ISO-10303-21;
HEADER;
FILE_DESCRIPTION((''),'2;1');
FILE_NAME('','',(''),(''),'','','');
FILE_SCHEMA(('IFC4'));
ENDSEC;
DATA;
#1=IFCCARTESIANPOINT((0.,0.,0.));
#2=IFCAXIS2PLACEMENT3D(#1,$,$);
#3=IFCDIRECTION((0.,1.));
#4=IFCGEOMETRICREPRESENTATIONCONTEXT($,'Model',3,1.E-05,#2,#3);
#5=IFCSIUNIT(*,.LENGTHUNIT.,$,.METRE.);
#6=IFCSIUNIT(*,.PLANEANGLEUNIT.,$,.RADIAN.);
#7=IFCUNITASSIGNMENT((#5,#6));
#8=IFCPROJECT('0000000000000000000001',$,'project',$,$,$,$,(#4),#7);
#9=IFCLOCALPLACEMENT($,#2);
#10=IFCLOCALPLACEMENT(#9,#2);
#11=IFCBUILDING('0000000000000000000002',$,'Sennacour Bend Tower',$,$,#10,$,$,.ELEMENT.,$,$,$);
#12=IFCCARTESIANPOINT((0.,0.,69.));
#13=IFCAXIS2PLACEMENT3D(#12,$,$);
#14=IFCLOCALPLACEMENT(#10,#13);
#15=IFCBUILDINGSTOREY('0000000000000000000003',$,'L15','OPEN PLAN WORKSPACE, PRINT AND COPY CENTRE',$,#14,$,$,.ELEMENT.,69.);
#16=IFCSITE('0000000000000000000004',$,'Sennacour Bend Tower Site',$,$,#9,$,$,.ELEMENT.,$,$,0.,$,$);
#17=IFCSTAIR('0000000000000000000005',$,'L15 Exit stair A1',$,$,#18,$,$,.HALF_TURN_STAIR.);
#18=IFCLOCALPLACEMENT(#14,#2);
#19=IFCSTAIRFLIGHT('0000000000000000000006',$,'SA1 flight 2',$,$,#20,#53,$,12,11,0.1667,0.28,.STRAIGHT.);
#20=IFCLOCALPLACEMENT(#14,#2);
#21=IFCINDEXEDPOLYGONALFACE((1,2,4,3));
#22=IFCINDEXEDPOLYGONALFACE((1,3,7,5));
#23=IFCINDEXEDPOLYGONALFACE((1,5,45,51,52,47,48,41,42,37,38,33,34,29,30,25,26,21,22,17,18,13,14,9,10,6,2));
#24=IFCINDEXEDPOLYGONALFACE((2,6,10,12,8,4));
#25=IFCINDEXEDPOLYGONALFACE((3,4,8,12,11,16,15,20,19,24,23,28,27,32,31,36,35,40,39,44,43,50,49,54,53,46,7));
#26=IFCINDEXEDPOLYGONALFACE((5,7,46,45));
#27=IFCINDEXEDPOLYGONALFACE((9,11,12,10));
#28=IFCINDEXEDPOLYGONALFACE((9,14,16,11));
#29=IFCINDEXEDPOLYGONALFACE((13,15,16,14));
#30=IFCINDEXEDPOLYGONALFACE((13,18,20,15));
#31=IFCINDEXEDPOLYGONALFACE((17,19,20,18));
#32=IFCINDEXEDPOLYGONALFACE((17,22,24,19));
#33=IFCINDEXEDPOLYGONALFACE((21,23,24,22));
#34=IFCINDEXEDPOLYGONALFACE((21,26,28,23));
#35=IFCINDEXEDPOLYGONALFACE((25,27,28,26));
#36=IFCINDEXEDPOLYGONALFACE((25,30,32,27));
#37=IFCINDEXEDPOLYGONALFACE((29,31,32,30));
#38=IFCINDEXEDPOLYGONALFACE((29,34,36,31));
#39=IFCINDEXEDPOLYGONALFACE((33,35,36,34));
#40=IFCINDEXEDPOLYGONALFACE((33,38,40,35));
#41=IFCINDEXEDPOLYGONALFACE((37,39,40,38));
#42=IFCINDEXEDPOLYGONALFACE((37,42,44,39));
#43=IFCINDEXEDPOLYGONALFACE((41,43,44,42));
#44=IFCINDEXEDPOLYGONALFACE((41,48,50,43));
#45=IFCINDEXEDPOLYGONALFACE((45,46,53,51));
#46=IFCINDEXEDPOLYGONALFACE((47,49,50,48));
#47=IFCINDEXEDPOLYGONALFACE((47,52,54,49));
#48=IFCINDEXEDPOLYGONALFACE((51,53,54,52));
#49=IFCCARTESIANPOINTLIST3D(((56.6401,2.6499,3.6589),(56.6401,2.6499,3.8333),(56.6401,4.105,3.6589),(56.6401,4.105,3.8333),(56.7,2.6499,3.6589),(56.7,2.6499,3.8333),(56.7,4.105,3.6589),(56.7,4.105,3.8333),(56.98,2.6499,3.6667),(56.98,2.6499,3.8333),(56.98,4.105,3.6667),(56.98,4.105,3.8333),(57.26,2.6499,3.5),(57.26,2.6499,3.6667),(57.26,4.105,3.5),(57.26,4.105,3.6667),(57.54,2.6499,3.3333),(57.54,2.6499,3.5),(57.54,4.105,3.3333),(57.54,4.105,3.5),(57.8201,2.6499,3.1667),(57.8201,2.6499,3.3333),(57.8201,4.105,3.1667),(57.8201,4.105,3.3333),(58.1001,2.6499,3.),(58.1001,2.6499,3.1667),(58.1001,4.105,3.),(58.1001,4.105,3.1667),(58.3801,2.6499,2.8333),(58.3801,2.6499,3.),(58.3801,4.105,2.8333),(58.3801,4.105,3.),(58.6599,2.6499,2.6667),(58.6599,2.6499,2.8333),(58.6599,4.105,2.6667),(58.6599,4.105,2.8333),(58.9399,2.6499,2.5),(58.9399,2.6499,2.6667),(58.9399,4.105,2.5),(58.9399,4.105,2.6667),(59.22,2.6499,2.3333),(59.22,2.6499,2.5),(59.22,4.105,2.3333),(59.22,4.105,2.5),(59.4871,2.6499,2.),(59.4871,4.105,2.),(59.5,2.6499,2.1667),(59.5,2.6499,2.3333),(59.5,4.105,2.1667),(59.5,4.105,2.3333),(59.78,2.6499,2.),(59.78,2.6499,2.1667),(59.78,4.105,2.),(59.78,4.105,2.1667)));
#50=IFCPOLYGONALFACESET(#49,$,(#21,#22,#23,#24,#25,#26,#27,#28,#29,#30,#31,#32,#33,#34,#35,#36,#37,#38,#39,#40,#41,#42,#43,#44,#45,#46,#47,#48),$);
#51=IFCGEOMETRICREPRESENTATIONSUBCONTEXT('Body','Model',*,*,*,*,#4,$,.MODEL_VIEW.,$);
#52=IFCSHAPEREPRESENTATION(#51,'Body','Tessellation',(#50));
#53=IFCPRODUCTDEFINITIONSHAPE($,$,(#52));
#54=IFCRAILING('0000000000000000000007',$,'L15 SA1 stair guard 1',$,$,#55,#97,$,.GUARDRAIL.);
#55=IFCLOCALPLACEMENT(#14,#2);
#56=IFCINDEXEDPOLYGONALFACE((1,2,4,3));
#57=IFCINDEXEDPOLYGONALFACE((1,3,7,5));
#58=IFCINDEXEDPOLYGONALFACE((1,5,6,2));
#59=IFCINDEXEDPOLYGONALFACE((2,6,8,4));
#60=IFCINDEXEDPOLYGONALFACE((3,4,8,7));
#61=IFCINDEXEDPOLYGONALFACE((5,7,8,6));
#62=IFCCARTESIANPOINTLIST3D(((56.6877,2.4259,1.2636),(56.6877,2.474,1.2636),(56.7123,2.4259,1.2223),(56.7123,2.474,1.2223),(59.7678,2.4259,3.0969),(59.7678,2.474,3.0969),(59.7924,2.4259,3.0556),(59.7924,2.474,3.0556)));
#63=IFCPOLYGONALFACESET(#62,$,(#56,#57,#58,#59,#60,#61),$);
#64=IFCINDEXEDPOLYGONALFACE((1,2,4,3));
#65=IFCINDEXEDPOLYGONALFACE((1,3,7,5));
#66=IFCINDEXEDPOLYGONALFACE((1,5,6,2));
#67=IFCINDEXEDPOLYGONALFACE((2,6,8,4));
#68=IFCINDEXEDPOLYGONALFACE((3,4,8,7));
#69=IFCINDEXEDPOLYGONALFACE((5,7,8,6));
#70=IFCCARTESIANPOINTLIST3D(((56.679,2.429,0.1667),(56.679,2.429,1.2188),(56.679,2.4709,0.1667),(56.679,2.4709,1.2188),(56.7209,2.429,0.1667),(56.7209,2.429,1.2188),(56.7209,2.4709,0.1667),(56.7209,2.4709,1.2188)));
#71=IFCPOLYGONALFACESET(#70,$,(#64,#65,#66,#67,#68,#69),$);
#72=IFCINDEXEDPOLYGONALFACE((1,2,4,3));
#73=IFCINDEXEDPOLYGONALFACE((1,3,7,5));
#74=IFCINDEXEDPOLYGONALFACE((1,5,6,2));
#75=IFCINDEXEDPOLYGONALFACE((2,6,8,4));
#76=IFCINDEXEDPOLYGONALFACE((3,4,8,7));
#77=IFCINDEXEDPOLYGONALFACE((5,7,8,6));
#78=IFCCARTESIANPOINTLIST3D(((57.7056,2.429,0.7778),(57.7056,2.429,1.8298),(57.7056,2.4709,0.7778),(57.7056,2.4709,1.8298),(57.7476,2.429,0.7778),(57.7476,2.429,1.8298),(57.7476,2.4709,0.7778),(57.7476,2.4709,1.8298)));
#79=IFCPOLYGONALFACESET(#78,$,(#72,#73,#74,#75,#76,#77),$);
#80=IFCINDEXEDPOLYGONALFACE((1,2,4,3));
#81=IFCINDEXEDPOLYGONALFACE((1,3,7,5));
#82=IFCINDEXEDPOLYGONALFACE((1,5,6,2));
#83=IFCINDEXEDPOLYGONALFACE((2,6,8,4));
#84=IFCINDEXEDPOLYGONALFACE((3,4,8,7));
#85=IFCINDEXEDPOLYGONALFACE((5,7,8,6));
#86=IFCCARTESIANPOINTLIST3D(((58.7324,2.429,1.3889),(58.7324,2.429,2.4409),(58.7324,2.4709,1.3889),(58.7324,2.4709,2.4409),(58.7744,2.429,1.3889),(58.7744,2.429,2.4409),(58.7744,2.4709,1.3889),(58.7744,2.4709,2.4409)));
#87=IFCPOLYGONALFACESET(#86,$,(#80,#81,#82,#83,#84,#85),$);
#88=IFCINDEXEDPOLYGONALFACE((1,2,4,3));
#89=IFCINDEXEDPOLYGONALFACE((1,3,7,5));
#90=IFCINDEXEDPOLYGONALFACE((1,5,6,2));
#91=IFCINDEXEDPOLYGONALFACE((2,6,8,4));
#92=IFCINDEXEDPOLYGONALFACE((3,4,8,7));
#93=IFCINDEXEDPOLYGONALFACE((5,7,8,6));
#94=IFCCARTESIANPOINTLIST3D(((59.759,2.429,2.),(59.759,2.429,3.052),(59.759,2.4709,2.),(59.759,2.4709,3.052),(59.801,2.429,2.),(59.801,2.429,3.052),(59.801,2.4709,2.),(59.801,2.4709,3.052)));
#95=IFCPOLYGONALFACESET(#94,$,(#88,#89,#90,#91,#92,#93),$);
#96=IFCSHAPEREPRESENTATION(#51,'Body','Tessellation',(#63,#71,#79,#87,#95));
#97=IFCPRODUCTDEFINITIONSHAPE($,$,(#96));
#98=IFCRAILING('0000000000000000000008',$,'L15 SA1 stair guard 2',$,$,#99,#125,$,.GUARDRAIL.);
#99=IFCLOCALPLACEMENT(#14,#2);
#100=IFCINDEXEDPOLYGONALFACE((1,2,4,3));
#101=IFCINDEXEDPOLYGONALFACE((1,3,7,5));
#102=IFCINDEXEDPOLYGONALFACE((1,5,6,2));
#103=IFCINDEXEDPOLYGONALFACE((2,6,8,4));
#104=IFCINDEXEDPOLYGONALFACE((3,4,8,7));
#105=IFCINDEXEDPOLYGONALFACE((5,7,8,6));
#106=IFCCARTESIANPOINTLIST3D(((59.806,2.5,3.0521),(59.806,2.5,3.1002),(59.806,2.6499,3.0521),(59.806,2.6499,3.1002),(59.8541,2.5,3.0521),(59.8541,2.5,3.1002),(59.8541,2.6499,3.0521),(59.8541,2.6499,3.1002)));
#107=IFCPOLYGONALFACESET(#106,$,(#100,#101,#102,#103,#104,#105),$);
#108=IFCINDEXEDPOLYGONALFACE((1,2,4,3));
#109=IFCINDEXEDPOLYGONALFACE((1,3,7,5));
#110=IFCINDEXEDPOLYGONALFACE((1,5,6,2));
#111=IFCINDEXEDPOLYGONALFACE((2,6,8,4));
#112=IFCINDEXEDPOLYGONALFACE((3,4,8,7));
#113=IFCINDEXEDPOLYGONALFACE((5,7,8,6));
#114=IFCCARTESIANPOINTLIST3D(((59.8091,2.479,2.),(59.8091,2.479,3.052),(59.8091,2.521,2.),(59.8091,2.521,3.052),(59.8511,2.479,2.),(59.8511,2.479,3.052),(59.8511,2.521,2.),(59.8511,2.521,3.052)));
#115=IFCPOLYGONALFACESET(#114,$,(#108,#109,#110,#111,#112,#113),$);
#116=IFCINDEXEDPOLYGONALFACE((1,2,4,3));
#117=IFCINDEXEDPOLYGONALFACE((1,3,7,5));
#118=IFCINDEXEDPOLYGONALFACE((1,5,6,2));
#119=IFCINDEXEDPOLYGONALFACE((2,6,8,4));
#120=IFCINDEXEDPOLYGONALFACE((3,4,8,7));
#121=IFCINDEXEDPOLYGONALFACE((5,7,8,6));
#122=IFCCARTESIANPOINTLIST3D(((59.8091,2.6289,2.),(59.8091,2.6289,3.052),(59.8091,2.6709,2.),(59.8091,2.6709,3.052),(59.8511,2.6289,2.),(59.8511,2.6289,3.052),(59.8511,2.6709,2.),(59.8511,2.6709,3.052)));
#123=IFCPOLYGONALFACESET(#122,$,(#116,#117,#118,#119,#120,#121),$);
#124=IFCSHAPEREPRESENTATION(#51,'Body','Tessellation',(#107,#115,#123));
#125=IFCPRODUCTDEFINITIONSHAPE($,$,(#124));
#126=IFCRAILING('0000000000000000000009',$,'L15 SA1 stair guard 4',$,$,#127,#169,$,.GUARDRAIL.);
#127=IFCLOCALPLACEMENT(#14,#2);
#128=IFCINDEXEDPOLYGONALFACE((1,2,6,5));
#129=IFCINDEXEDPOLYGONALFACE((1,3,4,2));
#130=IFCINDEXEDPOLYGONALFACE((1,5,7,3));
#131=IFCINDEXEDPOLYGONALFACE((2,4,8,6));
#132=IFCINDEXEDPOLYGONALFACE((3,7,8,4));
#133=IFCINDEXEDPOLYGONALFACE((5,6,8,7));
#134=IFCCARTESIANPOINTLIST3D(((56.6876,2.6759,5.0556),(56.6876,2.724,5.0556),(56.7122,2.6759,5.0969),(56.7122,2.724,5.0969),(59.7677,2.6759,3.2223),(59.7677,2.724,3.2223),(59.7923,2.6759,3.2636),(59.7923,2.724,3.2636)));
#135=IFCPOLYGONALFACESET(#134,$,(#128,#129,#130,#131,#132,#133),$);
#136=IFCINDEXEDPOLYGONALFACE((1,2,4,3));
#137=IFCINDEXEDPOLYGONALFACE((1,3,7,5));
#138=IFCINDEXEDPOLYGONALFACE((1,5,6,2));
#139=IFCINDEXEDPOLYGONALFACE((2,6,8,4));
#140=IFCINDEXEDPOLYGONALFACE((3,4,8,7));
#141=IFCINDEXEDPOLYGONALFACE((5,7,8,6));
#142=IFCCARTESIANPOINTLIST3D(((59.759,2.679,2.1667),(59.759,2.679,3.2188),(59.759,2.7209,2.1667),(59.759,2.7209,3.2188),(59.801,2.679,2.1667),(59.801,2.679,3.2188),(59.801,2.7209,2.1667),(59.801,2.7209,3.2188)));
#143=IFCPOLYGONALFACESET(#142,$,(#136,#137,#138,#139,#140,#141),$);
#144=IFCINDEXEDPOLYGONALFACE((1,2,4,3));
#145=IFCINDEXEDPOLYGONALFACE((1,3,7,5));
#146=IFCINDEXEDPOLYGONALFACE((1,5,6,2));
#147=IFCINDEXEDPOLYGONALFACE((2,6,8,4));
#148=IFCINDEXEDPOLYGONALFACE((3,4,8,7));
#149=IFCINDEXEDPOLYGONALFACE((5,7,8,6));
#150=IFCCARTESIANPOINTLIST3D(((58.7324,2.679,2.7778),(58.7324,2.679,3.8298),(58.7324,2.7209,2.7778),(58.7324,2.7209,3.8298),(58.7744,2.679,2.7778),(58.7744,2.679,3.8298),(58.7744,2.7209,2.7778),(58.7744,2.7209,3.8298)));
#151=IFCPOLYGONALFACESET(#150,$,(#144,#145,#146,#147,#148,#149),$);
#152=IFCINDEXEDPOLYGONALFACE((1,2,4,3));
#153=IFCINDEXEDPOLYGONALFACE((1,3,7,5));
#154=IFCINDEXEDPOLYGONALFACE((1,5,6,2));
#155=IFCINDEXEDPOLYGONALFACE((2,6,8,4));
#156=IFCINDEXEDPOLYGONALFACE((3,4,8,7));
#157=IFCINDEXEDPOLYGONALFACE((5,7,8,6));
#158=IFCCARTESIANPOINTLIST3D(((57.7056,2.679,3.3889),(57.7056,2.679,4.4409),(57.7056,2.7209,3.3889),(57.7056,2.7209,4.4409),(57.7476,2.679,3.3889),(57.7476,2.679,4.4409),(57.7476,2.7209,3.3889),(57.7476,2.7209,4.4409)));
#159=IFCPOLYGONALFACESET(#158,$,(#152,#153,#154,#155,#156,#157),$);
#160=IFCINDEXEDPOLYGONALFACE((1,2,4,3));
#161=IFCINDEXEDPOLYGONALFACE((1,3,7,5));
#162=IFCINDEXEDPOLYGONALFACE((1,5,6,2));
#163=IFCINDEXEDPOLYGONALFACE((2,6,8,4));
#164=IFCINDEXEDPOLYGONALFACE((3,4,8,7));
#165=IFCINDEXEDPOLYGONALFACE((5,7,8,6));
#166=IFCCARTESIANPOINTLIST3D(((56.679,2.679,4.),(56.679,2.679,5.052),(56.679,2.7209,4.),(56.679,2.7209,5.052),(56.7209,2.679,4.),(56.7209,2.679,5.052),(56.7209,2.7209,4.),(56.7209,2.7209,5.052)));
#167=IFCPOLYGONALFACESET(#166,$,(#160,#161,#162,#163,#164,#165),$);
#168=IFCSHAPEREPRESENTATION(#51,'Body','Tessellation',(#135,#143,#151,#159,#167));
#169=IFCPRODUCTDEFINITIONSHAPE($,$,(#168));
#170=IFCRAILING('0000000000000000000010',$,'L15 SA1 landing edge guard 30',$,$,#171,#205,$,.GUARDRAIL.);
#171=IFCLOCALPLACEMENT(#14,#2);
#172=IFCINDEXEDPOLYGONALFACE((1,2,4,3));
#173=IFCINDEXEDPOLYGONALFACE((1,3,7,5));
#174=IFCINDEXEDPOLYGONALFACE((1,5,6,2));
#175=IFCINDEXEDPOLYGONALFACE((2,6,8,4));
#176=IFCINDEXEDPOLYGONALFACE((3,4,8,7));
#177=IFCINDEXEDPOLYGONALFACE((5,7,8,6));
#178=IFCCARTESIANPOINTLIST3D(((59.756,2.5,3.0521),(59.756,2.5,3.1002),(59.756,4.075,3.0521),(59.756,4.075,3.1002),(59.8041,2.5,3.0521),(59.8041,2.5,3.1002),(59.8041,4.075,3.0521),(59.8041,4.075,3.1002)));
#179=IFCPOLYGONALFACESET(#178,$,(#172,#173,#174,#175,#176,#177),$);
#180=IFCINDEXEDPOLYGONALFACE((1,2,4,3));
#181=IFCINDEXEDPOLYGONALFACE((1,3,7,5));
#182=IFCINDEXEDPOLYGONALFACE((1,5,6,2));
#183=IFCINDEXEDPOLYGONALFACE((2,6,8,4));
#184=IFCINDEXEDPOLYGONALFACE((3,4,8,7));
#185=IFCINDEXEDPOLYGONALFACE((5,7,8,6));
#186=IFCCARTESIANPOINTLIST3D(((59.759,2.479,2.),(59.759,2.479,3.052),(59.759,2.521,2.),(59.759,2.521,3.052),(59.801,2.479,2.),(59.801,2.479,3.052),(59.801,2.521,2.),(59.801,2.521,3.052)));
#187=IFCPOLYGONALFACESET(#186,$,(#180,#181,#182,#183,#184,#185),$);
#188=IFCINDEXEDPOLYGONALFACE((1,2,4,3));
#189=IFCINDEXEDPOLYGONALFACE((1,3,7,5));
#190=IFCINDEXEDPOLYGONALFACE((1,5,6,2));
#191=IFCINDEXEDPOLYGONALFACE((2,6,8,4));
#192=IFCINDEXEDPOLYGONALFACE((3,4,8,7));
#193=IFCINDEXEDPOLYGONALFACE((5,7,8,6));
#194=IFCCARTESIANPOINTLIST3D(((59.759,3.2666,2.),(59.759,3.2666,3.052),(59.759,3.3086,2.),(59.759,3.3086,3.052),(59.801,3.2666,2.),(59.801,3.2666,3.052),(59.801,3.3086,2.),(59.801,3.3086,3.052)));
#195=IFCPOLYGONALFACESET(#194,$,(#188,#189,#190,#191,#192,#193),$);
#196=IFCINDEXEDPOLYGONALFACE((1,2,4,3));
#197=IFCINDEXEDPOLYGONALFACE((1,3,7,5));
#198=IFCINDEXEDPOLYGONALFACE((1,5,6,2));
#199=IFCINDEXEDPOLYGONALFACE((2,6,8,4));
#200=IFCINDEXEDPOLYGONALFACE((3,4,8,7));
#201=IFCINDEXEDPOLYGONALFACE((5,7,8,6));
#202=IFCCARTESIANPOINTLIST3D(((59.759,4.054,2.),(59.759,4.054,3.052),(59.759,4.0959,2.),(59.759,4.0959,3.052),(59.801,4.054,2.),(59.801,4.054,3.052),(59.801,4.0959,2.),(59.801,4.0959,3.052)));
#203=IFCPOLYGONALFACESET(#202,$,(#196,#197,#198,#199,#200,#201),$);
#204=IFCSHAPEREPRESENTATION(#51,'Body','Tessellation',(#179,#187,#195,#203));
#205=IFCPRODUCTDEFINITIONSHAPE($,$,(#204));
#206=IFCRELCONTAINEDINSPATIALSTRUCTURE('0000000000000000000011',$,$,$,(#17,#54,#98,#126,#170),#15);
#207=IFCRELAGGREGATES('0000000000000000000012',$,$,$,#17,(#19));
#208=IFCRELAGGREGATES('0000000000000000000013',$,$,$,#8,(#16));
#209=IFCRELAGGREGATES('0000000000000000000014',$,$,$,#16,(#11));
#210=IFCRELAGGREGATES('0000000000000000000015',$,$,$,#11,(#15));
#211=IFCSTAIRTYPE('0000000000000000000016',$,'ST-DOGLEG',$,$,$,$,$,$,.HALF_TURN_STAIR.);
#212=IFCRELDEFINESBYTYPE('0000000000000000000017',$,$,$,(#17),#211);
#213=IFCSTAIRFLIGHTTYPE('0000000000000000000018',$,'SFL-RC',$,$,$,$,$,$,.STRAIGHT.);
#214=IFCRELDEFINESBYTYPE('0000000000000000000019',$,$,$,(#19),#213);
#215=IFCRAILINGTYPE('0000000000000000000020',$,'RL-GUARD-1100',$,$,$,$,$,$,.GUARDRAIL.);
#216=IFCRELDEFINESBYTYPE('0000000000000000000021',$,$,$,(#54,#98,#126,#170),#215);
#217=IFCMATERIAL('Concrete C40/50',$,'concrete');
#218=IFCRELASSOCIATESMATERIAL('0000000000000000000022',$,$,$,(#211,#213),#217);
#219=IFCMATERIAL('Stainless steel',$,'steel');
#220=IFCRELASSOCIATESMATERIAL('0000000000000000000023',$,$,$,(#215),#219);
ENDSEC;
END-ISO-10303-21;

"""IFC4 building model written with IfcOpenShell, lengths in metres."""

from ifc_helpers import new_model, si_unit, direction, frame, origin, origin_2d, place, context, subcontext, project, spatial, polyline, rectangle, outline, extrude, material, type_object, element, aggregate, save


model = new_model("IFC4")

# Units and contexts
model_context = context("Model", 3, precision=1e-05, world=origin(), true_north=direction((0.0, 1.0)))
body_context = subcontext(model_context, "Body", "Model", "MODEL_VIEW")
ifc_project = project(units=[si_unit("LENGTHUNIT", "METRE"), si_unit("PLANEANGLEUNIT", "RADIAN")], contexts=[model_context])

# Site, building, storey
site_placement = place(None, origin())
site = spatial("IfcSite", under=ifc_project, at=site_placement, Name="Sennacour Bend Tower Site", CompositionType="ELEMENT", RefElevation=0.0)
building_placement = place(site_placement, origin())
building = spatial("IfcBuilding", under=site, at=building_placement, Name="Sennacour Bend Tower", CompositionType="ELEMENT")
storey_placement = place(building_placement, frame((0.0, 0.0, 69.0)))
storey = spatial("IfcBuildingStorey", under=building, at=storey_placement, Name="L15", Description="OPEN PLAN WORKSPACE, PRINT AND COPY CENTRE", CompositionType="ELEMENT", Elevation=69.0)

# Shared definitions
ifc_material_1 = material(Name="Stainless steel", Category="steel")

# Stair, stair flight
ifc_material_2 = material(Name="Concrete C40/50", Category="concrete")
stair_type = type_object("IfcStairType", Name="ST-DOGLEG", PredefinedType="HALF_TURN_STAIR", material=ifc_material_2)
stair_placement = place(storey_placement, origin())
stair = element("IfcStair", 1, at=stair_placement, inside=storey, type_object=stair_type, Name="L15 Exit stair A1", PredefinedType="HALF_TURN_STAIR")
stair_flight_type = type_object("IfcStairFlightType", Name="SFL-RC", PredefinedType="STRAIGHT", material=ifc_material_2)
stair_flight_placement = place(storey_placement, frame((59.78, 3.3774, 2.0), z_axis=(0.0, 0.0, 1.0), x_axis=(-1.0, 0.0, 0.0)))
stair_flight = element("IfcStairFlight", 2, at=stair_flight_placement, type_object=stair_flight_type, Name="SA1 flight 2", NumberOfRisers=12, NumberOfTreads=11, PredefinedType="STRAIGHT", RiserHeight=0.1667, TreadLength=0.28, context=body_context, shape_type="SweptSolid", body=[
    extrude(outline(polyline([(0.0, 0.0), (0.0, 0.1667), (0.28, 0.1667), (0.28, 0.3333), (0.5601, 0.3333), (0.5601, 0.5), (0.8401, 0.5), (0.8401, 0.6667), (1.1201, 0.6667), (1.1201, 0.8333), (1.3999, 0.8333), (1.3999, 1.0), (1.6799, 1.0), (1.6799, 1.1667), (1.96, 1.1667), (1.96, 1.3333), (2.24, 1.3333), (2.24, 1.5), (2.52, 1.5), (2.52, 1.6667), (2.8, 1.6667), (2.8, 1.8333), (3.0801, 1.8333), (3.1399, 1.8333), (3.1399, 1.6589), (3.0801, 1.6589), (0.293, 0.0), (0.0, 0.0)])), frame((0.0, 0.7275, 0.0), z_axis=(0.0, -1.0, 0.0), x_axis=(1.0, 0.0, 0.0)), (0.0, 0.0, 1.0), 1.4551),
])
aggregate(stair, [stair_flight])

# Railings
railing_type_1 = type_object("IfcRailingType", Name="RL-GUARD-1100", PredefinedType="GUARDRAIL", material=ifc_material_1)
railing_1_placement = place(storey_placement, frame((56.7, 2.45, 0.1667)))
element("IfcRailing", 3, at=railing_1_placement, inside=storey, type_object=railing_type_1, Name="L15 SA1 stair guard 1", PredefinedType="GUARDRAIL", context=body_context, shape_type="SweptSolid", body=[
    extrude(rectangle(XDim=0.0481, YDim=0.0481, at=origin_2d()), frame((0.0, 0.0, 1.0762), z_axis=(0.859309, 0.0, 0.511458), x_axis=(0.0, 1.0, 0.0)), (0.0, 0.0, 1.0), 3.5845),
    extrude(rectangle(XDim=0.042, YDim=0.042, at=origin_2d()), origin(), (0.0, 0.0, 1.0), 1.052),
    extrude(rectangle(XDim=0.042, YDim=0.042, at=origin_2d()), frame((1.0266, 0.0, 0.6111)), (0.0, 0.0, 1.0), 1.052),
    extrude(rectangle(XDim=0.042, YDim=0.042, at=origin_2d()), frame((2.0535, 0.0, 1.2222)), (0.0, 0.0, 1.0), 1.052),
    extrude(rectangle(XDim=0.042, YDim=0.042, at=origin_2d()), frame((3.0801, 0.0, 1.8333)), (0.0, 0.0, 1.0), 1.052),
])
railing_2_placement = place(storey_placement, frame((59.8301, 2.5, 2.0)))
element("IfcRailing", 4, at=railing_2_placement, inside=storey, type_object=railing_type_1, Name="L15 SA1 stair guard 2", PredefinedType="GUARDRAIL", context=body_context, shape_type="SweptSolid", body=[
    extrude(rectangle(XDim=0.0481, YDim=0.0481, at=origin_2d()), frame((0.0, 0.0, 1.0762), z_axis=(0.0, 1.0, 0.0), x_axis=(-1.0, 0.0, 0.0)), (0.0, 0.0, 1.0), 0.1499),
    extrude(rectangle(XDim=0.042, YDim=0.042, at=origin_2d()), origin(), (0.0, 0.0, 1.0), 1.052),
    extrude(rectangle(XDim=0.042, YDim=0.042, at=origin_2d()), frame((0.0, 0.1499, 0.0)), (0.0, 0.0, 1.0), 1.052),
])
railing_3_placement = place(storey_placement, frame((59.78, 2.7, 2.1667)))
element("IfcRailing", 5, at=railing_3_placement, inside=storey, type_object=railing_type_1, Name="L15 SA1 stair guard 4", PredefinedType="GUARDRAIL", context=body_context, shape_type="SweptSolid", body=[
    extrude(rectangle(XDim=0.0481, YDim=0.0481, at=origin_2d()), frame((0.0, 0.0, 1.0762), z_axis=(-0.859309, 0.0, 0.511458), x_axis=(0.0, -1.0, 0.0)), (0.0, 0.0, 1.0), 3.5845),
    extrude(rectangle(XDim=0.042, YDim=0.042, at=origin_2d()), origin(), (0.0, 0.0, 1.0), 1.052),
    extrude(rectangle(XDim=0.042, YDim=0.042, at=origin_2d()), frame((-1.0266, 0.0, 0.6111)), (0.0, 0.0, 1.0), 1.052),
    extrude(rectangle(XDim=0.042, YDim=0.042, at=origin_2d()), frame((-2.0535, 0.0, 1.2222)), (0.0, 0.0, 1.0), 1.052),
    extrude(rectangle(XDim=0.042, YDim=0.042, at=origin_2d()), frame((-3.0801, 0.0, 1.8333)), (0.0, 0.0, 1.0), 1.052),
])
railing_4_placement = place(storey_placement, frame((59.78, 2.5, 2.0)))
element("IfcRailing", 6, at=railing_4_placement, inside=storey, type_object=railing_type_1, Name="L15 SA1 landing edge guard 30", PredefinedType="GUARDRAIL", context=body_context, shape_type="SweptSolid", body=[
    extrude(rectangle(XDim=0.0481, YDim=0.0481, at=origin_2d()), frame((0.0, 0.0, 1.0762), z_axis=(0.0, 1.0, 0.0), x_axis=(-1.0, 0.0, 0.0)), (0.0, 0.0, 1.0), 1.575),
    extrude(rectangle(XDim=0.042, YDim=0.042, at=origin_2d()), origin(), (0.0, 0.0, 1.0), 1.052),
    extrude(rectangle(XDim=0.042, YDim=0.042, at=origin_2d()), frame((0.0, 0.7876, 0.0)), (0.0, 0.0, 1.0), 1.052),
    extrude(rectangle(XDim=0.042, YDim=0.042, at=origin_2d()), frame((0.0, 1.575, 0.0)), (0.0, 0.0, 1.0), 1.052),
])

save(model, "model.ifc")
